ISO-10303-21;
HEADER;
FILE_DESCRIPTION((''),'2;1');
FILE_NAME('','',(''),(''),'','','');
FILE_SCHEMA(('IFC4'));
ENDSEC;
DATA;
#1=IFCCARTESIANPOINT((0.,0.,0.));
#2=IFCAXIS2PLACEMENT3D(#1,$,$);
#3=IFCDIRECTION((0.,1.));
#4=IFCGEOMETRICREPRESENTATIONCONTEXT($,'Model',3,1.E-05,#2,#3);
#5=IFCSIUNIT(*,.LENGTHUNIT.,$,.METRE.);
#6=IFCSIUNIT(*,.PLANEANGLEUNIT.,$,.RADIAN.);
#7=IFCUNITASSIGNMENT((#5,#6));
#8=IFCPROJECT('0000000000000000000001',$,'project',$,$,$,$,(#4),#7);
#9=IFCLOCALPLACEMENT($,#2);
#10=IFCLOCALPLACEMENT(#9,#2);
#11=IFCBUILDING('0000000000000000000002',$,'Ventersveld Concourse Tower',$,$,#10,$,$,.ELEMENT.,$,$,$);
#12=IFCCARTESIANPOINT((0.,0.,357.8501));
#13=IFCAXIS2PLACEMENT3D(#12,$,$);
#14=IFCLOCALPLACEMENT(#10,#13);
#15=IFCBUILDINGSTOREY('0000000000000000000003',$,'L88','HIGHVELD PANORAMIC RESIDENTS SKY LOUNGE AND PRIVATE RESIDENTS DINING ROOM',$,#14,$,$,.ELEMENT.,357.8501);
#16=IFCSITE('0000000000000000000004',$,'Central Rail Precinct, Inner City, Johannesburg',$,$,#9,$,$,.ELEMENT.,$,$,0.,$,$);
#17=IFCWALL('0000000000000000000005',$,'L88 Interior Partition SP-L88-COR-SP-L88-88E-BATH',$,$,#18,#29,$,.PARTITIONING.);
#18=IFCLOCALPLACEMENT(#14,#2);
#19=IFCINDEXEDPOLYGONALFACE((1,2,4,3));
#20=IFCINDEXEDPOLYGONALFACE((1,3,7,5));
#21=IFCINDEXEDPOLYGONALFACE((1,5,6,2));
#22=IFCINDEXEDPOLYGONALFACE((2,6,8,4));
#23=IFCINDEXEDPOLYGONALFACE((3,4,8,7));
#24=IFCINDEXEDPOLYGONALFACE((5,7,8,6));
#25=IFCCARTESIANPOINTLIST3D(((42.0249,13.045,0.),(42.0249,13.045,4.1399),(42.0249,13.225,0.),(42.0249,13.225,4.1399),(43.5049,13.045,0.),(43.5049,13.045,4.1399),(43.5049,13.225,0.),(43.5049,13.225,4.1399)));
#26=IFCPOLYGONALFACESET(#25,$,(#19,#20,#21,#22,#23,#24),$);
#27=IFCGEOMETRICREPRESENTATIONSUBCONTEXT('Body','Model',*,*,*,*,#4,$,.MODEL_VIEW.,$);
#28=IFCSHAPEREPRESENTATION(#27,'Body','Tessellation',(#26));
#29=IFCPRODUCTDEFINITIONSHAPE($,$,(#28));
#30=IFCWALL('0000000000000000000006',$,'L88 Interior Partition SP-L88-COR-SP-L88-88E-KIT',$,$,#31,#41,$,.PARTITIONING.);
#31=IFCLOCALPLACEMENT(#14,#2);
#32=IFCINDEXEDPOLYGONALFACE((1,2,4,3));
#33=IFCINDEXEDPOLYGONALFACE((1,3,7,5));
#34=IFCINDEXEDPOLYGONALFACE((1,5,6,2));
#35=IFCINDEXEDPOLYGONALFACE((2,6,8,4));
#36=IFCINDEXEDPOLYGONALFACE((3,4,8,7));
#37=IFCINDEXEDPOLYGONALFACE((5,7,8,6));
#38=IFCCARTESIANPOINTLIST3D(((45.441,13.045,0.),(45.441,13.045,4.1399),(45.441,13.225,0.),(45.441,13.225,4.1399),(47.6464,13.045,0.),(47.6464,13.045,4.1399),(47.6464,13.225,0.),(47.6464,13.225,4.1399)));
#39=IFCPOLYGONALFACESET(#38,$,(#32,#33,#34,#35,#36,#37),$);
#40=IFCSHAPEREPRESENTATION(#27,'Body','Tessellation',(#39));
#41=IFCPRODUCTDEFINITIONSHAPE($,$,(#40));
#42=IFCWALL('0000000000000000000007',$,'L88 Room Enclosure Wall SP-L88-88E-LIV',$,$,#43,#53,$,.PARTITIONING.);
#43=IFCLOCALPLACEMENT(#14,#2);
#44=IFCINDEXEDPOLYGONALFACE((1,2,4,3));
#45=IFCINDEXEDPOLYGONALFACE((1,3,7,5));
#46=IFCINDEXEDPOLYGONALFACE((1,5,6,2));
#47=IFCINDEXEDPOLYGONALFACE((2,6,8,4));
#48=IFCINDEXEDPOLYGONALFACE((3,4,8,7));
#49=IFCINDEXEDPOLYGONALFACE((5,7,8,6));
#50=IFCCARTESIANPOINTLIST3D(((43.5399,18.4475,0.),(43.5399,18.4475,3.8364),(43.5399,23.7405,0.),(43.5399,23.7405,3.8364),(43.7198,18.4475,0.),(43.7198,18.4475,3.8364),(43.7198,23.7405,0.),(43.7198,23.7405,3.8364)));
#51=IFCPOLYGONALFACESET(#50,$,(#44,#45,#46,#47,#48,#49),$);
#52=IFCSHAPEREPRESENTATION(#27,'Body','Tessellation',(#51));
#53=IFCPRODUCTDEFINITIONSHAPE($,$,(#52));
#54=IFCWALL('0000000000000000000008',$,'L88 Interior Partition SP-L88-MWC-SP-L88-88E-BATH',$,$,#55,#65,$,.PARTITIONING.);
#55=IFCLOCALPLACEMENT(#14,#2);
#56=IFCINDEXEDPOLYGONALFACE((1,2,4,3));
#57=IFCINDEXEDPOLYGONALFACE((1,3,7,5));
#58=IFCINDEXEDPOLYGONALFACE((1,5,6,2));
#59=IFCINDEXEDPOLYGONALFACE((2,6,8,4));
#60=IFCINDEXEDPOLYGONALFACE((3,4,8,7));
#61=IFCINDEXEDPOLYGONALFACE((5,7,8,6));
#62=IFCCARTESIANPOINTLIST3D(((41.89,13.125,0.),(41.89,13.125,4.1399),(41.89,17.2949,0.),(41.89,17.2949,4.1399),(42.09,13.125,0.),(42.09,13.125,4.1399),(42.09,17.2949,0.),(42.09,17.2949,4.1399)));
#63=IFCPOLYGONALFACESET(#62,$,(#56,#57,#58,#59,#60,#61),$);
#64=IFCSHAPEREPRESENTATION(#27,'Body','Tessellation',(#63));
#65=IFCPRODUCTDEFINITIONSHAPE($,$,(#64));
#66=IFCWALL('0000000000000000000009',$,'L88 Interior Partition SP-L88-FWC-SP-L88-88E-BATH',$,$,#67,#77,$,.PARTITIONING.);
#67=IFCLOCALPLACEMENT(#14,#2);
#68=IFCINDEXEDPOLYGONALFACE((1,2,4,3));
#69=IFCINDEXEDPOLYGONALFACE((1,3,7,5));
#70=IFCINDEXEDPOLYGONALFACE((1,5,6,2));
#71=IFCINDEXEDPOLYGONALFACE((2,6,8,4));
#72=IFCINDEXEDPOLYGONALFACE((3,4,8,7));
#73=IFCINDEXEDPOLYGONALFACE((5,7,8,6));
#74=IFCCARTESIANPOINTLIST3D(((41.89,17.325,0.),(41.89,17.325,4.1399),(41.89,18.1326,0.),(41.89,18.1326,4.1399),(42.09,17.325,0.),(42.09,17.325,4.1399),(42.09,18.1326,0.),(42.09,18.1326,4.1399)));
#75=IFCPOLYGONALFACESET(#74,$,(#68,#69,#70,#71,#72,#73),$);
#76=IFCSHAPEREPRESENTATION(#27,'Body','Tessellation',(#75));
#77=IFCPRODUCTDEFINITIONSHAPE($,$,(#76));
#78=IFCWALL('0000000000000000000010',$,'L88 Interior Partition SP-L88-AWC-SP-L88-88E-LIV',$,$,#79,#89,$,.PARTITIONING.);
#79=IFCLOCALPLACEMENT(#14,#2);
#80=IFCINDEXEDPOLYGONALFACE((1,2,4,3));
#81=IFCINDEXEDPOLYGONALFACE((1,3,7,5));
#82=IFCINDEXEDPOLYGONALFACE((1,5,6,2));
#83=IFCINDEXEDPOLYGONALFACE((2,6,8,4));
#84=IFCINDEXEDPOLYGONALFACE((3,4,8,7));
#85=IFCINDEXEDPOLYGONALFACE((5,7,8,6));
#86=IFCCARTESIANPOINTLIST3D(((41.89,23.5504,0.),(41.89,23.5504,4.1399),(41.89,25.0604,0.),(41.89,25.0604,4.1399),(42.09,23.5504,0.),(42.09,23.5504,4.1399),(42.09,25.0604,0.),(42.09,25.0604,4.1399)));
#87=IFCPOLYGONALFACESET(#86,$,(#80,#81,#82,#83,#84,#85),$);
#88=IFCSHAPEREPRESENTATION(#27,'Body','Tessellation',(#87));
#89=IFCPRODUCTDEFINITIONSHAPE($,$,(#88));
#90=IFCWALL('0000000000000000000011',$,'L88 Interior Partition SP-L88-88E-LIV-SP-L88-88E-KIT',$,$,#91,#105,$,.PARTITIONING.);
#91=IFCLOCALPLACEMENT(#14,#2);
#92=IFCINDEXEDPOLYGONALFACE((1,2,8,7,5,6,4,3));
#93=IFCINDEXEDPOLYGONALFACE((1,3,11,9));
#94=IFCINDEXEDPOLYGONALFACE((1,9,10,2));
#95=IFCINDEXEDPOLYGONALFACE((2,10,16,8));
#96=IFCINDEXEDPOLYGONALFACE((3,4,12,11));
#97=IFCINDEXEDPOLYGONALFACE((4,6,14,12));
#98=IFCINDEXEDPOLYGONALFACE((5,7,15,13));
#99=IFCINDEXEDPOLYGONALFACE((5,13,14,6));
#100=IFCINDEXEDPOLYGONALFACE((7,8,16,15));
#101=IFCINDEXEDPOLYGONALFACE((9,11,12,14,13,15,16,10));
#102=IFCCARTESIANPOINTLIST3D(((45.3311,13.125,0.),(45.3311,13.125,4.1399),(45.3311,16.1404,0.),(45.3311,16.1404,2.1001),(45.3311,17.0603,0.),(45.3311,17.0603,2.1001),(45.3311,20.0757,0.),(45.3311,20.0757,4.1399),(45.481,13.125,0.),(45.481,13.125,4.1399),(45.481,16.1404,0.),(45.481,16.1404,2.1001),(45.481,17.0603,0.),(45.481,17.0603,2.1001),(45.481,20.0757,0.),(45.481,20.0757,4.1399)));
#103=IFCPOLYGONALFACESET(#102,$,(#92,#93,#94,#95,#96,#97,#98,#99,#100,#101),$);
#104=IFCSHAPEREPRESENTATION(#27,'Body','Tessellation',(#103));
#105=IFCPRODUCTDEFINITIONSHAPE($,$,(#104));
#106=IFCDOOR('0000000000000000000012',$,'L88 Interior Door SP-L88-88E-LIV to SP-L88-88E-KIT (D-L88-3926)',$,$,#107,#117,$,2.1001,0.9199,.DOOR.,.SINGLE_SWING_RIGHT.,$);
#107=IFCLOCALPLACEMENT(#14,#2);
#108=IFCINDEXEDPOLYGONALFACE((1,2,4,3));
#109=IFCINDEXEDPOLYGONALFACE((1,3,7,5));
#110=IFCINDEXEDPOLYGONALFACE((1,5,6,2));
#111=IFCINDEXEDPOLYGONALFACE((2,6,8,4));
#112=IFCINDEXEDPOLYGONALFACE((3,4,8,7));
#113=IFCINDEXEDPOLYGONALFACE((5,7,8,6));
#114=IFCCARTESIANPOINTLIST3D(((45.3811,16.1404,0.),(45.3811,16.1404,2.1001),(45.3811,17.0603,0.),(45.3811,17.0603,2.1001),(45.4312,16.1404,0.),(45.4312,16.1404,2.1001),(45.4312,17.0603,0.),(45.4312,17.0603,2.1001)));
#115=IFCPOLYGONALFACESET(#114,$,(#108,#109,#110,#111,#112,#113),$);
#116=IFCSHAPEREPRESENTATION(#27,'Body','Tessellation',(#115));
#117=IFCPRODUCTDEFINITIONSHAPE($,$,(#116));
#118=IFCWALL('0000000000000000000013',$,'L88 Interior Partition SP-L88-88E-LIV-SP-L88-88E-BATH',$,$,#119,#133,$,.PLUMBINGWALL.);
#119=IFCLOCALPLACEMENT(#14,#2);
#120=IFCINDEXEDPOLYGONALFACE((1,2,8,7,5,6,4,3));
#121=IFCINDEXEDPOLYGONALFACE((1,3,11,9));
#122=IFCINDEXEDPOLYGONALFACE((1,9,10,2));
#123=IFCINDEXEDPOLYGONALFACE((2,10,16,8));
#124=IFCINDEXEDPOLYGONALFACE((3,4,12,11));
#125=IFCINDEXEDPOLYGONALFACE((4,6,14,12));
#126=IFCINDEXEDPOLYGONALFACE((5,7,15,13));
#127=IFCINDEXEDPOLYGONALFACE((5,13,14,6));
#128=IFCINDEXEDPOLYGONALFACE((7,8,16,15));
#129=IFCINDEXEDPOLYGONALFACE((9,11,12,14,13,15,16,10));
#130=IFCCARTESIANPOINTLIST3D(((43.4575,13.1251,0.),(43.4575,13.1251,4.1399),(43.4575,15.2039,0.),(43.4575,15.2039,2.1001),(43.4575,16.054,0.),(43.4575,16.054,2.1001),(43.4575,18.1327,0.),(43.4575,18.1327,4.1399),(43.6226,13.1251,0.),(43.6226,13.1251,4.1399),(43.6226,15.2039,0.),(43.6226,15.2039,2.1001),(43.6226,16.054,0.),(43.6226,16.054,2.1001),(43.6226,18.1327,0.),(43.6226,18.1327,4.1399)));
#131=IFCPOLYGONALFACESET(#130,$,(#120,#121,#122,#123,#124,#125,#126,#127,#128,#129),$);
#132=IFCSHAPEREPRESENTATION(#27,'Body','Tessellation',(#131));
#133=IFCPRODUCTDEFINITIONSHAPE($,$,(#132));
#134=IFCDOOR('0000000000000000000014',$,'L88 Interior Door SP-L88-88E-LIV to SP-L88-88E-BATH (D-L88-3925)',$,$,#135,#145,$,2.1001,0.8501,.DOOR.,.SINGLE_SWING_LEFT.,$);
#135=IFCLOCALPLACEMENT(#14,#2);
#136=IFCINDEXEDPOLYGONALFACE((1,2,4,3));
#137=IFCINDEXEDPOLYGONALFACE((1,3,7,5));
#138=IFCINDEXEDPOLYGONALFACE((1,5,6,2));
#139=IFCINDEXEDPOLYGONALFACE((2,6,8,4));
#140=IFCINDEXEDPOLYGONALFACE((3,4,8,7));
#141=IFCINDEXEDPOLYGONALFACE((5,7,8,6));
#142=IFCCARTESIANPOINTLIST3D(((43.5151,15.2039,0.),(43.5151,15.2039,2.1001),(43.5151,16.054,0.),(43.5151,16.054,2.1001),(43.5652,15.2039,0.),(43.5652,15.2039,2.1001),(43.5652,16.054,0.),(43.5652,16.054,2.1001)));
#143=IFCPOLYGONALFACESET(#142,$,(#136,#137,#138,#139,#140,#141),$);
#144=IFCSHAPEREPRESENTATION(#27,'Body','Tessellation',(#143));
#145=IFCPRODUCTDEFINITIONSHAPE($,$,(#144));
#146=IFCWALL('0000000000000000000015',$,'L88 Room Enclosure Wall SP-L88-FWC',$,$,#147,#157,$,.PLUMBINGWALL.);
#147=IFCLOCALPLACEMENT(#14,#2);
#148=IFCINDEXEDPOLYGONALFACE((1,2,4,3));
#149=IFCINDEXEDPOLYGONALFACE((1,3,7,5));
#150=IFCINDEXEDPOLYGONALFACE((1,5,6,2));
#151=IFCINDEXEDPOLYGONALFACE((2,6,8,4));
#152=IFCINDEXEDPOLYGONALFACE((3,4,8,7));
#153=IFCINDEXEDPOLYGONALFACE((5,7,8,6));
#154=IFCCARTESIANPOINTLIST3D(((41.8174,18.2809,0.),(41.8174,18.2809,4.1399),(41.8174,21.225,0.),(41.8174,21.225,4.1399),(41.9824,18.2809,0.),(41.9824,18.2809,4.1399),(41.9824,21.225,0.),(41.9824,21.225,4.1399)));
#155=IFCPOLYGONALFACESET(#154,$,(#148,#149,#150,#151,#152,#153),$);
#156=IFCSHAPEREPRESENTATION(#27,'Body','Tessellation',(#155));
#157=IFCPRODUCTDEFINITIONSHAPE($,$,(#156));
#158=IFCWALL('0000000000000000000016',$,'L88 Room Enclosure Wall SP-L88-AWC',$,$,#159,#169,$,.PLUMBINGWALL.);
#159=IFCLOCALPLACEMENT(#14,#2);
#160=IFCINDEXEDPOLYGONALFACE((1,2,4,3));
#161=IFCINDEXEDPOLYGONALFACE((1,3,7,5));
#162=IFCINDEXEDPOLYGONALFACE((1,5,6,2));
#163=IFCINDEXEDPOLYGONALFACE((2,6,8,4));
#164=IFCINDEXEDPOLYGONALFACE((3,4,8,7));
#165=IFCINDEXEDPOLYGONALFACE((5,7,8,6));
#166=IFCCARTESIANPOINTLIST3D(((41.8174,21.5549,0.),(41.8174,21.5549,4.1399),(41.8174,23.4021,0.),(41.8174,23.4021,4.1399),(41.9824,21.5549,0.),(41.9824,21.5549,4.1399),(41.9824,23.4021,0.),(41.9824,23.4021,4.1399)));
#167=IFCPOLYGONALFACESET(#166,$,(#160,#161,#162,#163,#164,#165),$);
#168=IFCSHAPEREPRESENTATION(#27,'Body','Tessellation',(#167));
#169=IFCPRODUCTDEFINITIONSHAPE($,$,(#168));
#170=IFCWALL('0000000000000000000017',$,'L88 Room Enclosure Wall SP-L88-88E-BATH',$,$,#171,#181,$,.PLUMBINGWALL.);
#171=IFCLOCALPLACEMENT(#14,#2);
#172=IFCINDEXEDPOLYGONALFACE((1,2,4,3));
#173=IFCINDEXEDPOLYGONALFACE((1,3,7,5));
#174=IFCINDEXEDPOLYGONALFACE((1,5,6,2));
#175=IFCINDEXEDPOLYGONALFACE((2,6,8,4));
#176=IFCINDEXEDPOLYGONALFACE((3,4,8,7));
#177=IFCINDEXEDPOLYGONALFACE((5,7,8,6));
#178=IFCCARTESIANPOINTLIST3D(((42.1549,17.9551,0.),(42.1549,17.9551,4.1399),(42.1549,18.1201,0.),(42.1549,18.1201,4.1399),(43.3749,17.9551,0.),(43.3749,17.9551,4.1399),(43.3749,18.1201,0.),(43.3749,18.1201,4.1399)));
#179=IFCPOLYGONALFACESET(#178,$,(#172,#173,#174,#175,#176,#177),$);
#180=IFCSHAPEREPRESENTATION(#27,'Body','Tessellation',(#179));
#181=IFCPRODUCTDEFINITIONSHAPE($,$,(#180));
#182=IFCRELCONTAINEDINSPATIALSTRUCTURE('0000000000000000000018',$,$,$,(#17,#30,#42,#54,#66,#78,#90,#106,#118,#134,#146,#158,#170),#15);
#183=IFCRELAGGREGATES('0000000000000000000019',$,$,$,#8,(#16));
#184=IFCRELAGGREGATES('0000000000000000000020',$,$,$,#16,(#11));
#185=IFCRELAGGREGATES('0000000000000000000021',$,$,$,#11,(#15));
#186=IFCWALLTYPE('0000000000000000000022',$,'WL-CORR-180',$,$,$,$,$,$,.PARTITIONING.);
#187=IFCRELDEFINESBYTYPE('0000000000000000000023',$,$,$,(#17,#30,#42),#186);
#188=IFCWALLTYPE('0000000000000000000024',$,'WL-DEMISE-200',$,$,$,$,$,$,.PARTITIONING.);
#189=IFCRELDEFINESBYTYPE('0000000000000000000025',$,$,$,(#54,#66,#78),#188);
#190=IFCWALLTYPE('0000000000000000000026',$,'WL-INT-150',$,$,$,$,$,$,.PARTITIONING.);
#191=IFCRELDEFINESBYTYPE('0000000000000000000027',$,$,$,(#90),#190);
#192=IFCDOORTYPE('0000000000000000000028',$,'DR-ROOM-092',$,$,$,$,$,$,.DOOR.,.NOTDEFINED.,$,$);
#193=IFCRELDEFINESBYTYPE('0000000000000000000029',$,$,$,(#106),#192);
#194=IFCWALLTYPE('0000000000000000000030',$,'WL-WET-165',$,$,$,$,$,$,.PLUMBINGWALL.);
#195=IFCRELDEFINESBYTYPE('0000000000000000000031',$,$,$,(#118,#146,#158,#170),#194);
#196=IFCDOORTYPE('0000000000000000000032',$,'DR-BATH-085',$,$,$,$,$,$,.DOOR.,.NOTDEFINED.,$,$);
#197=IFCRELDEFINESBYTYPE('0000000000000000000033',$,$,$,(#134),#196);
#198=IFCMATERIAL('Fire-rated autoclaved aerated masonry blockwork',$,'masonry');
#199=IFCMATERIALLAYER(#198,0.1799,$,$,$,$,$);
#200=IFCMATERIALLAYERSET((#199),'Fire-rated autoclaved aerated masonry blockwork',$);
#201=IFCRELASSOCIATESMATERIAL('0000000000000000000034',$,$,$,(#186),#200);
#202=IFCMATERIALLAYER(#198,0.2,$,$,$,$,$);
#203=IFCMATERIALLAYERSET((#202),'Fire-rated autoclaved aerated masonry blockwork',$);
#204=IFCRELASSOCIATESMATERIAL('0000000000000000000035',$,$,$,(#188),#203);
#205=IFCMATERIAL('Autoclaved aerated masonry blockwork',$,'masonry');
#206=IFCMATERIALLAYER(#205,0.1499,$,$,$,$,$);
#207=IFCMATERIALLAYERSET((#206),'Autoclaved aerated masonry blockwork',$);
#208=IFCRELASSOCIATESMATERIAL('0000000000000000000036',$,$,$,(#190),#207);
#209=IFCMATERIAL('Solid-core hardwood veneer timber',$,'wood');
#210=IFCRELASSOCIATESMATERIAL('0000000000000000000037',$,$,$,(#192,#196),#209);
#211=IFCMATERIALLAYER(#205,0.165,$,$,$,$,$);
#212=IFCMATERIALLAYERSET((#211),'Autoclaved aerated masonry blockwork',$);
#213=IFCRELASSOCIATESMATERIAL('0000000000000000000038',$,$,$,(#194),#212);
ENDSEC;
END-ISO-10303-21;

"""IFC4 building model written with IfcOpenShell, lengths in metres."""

from ifc_helpers import new_model, si_unit, direction, frame, frame_2d, origin, place, context, subcontext, project, spatial, rectangle, extrude, material, layer, layer_set, type_object, element, fill, save


model = new_model("IFC4")

# Units and contexts
model_context = context("Model", 3, precision=1e-05, world=origin(), true_north=direction((0.0, 1.0)))
body_context = subcontext(model_context, "Body", "Model", "MODEL_VIEW")
ifc_project = project(units=[si_unit("LENGTHUNIT", "METRE"), si_unit("PLANEANGLEUNIT", "RADIAN")], contexts=[model_context])

# Site, building, storey
site_placement = place(None, origin())
site = spatial("IfcSite", under=ifc_project, at=site_placement, Name="Central Rail Precinct, Inner City, Johannesburg", CompositionType="ELEMENT", RefElevation=0.0)
building_placement = place(site_placement, origin())
building = spatial("IfcBuilding", under=site, at=building_placement, Name="Ventersveld Concourse Tower", CompositionType="ELEMENT")
storey_placement = place(building_placement, frame((0.0, 0.0, 357.8501)))
storey = spatial("IfcBuildingStorey", under=building, at=storey_placement, Name="L88", Description="HIGHVELD PANORAMIC RESIDENTS SKY LOUNGE AND PRIVATE RESIDENTS DINING ROOM", CompositionType="ELEMENT", Elevation=357.8501)

# Shared definitions
ifc_material_1 = material(Name="Fire-rated autoclaved aerated masonry blockwork", Category="masonry")
ifc_layer_1 = layer(ifc_material_1, 0.1799)
ifc_layer_set_1 = layer_set([ifc_layer_1], Name="Fire-rated autoclaved aerated masonry blockwork")
wall_type_1 = type_object("IfcWallType", Name="WL-CORR-180", PredefinedType="PARTITIONING", material=ifc_layer_set_1)
ifc_material_2 = material(Name="Solid-core hardwood veneer timber", Category="wood")

# Walls
wall_1_placement = place(storey_placement, frame((42.0249, 13.135, 0.0), z_axis=(0.0, 0.0, 1.0), x_axis=(1.0, 0.0, 0.0)))
element("IfcWall", 1, at=wall_1_placement, inside=storey, type_object=wall_type_1, Name="L88 Interior Partition SP-L88-COR-SP-L88-88E-BATH", PredefinedType="PARTITIONING", context=body_context, shape_type="SweptSolid", body=[
    extrude(rectangle(XDim=1.48, YDim=0.1799, at=frame_2d((0.74, 0.0))), origin(), (0.0, 0.0, 1.0), 4.1399),
])
wall_2_placement = place(storey_placement, frame((45.4412, 13.135, 0.0), z_axis=(0.0, 0.0, 1.0), x_axis=(1.0, 0.0, 0.0)))
element("IfcWall", 2, at=wall_2_placement, inside=storey, type_object=wall_type_1, Name="L88 Interior Partition SP-L88-COR-SP-L88-88E-KIT", PredefinedType="PARTITIONING", context=body_context, shape_type="SweptSolid", body=[
    extrude(rectangle(XDim=2.2053, YDim=0.1799, at=frame_2d((1.1025, 0.0))), origin(), (0.0, 0.0, 1.0), 4.1399),
])

# Walls
wall_3_placement = place(storey_placement, frame((43.6299, 18.4475, 0.0), z_axis=(0.0, 0.0, 1.0), x_axis=(0.0, 1.0, 0.0)))
element("IfcWall", 3, at=wall_3_placement, inside=storey, type_object=wall_type_1, Name="L88 Room Enclosure Wall SP-L88-88E-LIV", PredefinedType="PARTITIONING", context=body_context, shape_type="SweptSolid", body=[
    extrude(rectangle(XDim=5.293, YDim=0.1799, at=frame_2d((2.6465, 0.0))), origin(), (0.0, 0.0, 1.0), 3.8364),
])
ifc_layer_2 = layer(ifc_material_1, 0.2)
ifc_layer_set_2 = layer_set([ifc_layer_2], Name="Fire-rated autoclaved aerated masonry blockwork")
wall_type_2 = type_object("IfcWallType", Name="WL-DEMISE-200", PredefinedType="PARTITIONING", material=ifc_layer_set_2)
wall_4_placement = place(storey_placement, frame((41.99, 13.125, 0.0), z_axis=(0.0, 0.0, 1.0), x_axis=(0.0, 1.0, 0.0)))
element("IfcWall", 4, at=wall_4_placement, inside=storey, type_object=wall_type_2, Name="L88 Interior Partition SP-L88-MWC-SP-L88-88E-BATH", PredefinedType="PARTITIONING", context=body_context, shape_type="SweptSolid", body=[
    extrude(rectangle(XDim=4.1699, YDim=0.2, at=frame_2d((2.085, 0.0))), origin(), (0.0, 0.0, 1.0), 4.1399),
])
wall_5_placement = place(storey_placement, frame((41.99, 17.325, 0.0), z_axis=(0.0, 0.0, 1.0), x_axis=(0.0, 1.0, 0.0)))
element("IfcWall", 5, at=wall_5_placement, inside=storey, type_object=wall_type_2, Name="L88 Interior Partition SP-L88-FWC-SP-L88-88E-BATH", PredefinedType="PARTITIONING", context=body_context, shape_type="SweptSolid", body=[
    extrude(rectangle(XDim=0.8076, YDim=0.2, at=frame_2d((0.4038, 0.0))), origin(), (0.0, 0.0, 1.0), 4.1399),
])
wall_6_placement = place(storey_placement, frame((41.99, 23.5505, 0.0), z_axis=(0.0, 0.0, 1.0), x_axis=(0.0, 1.0, 0.0)))
element("IfcWall", 6, at=wall_6_placement, inside=storey, type_object=wall_type_2, Name="L88 Interior Partition SP-L88-AWC-SP-L88-88E-LIV", PredefinedType="PARTITIONING", context=body_context, shape_type="SweptSolid", body=[
    extrude(rectangle(XDim=1.51, YDim=0.2, at=frame_2d((0.7549, 0.0))), origin(), (0.0, 0.0, 1.0), 4.1399),
])

# Walls, openings, doors
ifc_material_3 = material(Name="Autoclaved aerated masonry blockwork", Category="masonry")
ifc_layer_3 = layer(ifc_material_3, 0.1499)
ifc_layer_set_3 = layer_set([ifc_layer_3], Name="Autoclaved aerated masonry blockwork")
wall_type_3 = type_object("IfcWallType", Name="WL-INT-150", PredefinedType="PARTITIONING", material=ifc_layer_set_3)
wall_7_placement = place(storey_placement, frame((45.406, 13.125, 0.0), z_axis=(0.0, 0.0, 1.0), x_axis=(0.0, 1.0, 0.0)))
wall_7 = element("IfcWall", 7, at=wall_7_placement, inside=storey, type_object=wall_type_3, Name="L88 Interior Partition SP-L88-88E-LIV-SP-L88-88E-KIT", PredefinedType="PARTITIONING", context=body_context, shape_type="SweptSolid", body=[
    extrude(rectangle(XDim=6.9507, YDim=0.1499, at=frame_2d((3.4753, 0.0))), origin(), (0.0, 0.0, 1.0), 4.1399),
])
opening_1_placement = place(wall_7_placement, frame((3.0154, 0.0, 0.0)))
opening_1 = element("IfcOpeningElement", 8, at=opening_1_placement, cuts=wall_7, PredefinedType="OPENING", context=body_context, shape_type="SweptSolid", body=[
    extrude(rectangle(XDim=0.9199, YDim=2.1001, at=frame_2d((0.46, 1.05))), frame((0.0, 0.085, 0.0), z_axis=(0.0, -1.0, 0.0), x_axis=(1.0, 0.0, 0.0)), (0.0, 0.0, 1.0), 0.1699),
])
door_type_1 = type_object("IfcDoorType", Name="DR-ROOM-092", OperationType="NOTDEFINED", PredefinedType="DOOR", material=ifc_material_2)
door_1_placement = place(opening_1_placement, origin())
door_1 = element("IfcDoor", 9, at=door_1_placement, inside=storey, type_object=door_type_1, Name="L88 Interior Door SP-L88-88E-LIV to SP-L88-88E-KIT (D-L88-3926)", OperationType="SINGLE_SWING_RIGHT", OverallHeight=2.1001, OverallWidth=0.9199, PredefinedType="DOOR", context=body_context, shape_type="SweptSolid", body=[
    extrude(rectangle(XDim=0.9199, YDim=2.1001, at=frame_2d((0.46, 1.05))), frame((0.0, 0.0249, 0.0), z_axis=(0.0, -1.0, 0.0), x_axis=(1.0, 0.0, 0.0)), (0.0, 0.0, 1.0), 0.05),
])
fill(opening_1, door_1)
ifc_layer_4 = layer(ifc_material_3, 0.165)
ifc_layer_set_4 = layer_set([ifc_layer_4], Name="Autoclaved aerated masonry blockwork")
wall_type_4 = type_object("IfcWallType", Name="WL-WET-165", PredefinedType="PLUMBINGWALL", material=ifc_layer_set_4)
wall_8_placement = place(storey_placement, frame((43.54, 13.125, 0.0), z_axis=(0.0, 0.0, 1.0), x_axis=(0.0, 1.0, 0.0)))
wall_8 = element("IfcWall", 10, at=wall_8_placement, inside=storey, type_object=wall_type_4, Name="L88 Interior Partition SP-L88-88E-LIV-SP-L88-88E-BATH", PredefinedType="PLUMBINGWALL", context=body_context, shape_type="SweptSolid", body=[
    extrude(rectangle(XDim=5.0076, YDim=0.165, at=frame_2d((2.5039, 0.0))), origin(), (0.0, 0.0, 1.0), 4.1399),
])
opening_2_placement = place(wall_8_placement, frame((2.0789, 0.0, 0.0)))
opening_2 = element("IfcOpeningElement", 11, at=opening_2_placement, cuts=wall_8, PredefinedType="OPENING", context=body_context, shape_type="SweptSolid", body=[
    extrude(rectangle(XDim=0.8501, YDim=2.1001, at=frame_2d((0.425, 1.05))), frame((0.0, 0.0925, 0.0), z_axis=(0.0, -1.0, 0.0), x_axis=(1.0, 0.0, 0.0)), (0.0, 0.0, 1.0), 0.1851),
])
door_type_2 = type_object("IfcDoorType", Name="DR-BATH-085", OperationType="NOTDEFINED", PredefinedType="DOOR", material=ifc_material_2)
door_2_placement = place(opening_2_placement, origin())
door_2 = element("IfcDoor", 12, at=door_2_placement, inside=storey, type_object=door_type_2, Name="L88 Interior Door SP-L88-88E-LIV to SP-L88-88E-BATH (D-L88-3925)", OperationType="SINGLE_SWING_LEFT", OverallHeight=2.1001, OverallWidth=0.8501, PredefinedType="DOOR", context=body_context, shape_type="SweptSolid", body=[
    extrude(rectangle(XDim=0.8501, YDim=2.1001, at=frame_2d((0.425, 1.05))), frame((0.0, 0.0249, 0.0), z_axis=(0.0, -1.0, 0.0), x_axis=(1.0, 0.0, 0.0)), (0.0, 0.0, 1.0), 0.05),
])
fill(opening_2, door_2)

# Walls
wall_9_placement = place(storey_placement, frame((41.8999, 21.2251, 0.0), z_axis=(0.0, 0.0, 1.0), x_axis=(0.0, -1.0, 0.0)))
element("IfcWall", 13, at=wall_9_placement, inside=storey, type_object=wall_type_4, Name="L88 Room Enclosure Wall SP-L88-FWC", PredefinedType="PLUMBINGWALL", context=body_context, shape_type="SweptSolid", body=[
    extrude(rectangle(XDim=2.9441, YDim=0.165, at=frame_2d((1.4722, 0.0))), origin(), (0.0, 0.0, 1.0), 4.1399),
])
wall_10_placement = place(storey_placement, frame((41.8999, 23.4021, 0.0), z_axis=(0.0, 0.0, 1.0), x_axis=(0.0, -1.0, 0.0)))
element("IfcWall", 14, at=wall_10_placement, inside=storey, type_object=wall_type_4, Name="L88 Room Enclosure Wall SP-L88-AWC", PredefinedType="PLUMBINGWALL", context=body_context, shape_type="SweptSolid", body=[
    extrude(rectangle(XDim=1.8472, YDim=0.165, at=frame_2d((0.9236, 0.0))), origin(), (0.0, 0.0, 1.0), 4.1399),
])
wall_11_placement = place(storey_placement, frame((42.155, 18.0376, 0.0), z_axis=(0.0, 0.0, 1.0), x_axis=(1.0, 0.0, 0.0)))
element("IfcWall", 15, at=wall_11_placement, inside=storey, type_object=wall_type_4, Name="L88 Room Enclosure Wall SP-L88-88E-BATH", PredefinedType="PLUMBINGWALL", context=body_context, shape_type="SweptSolid", body=[
    extrude(rectangle(XDim=1.22, YDim=0.165, at=frame_2d((0.6099, 0.0))), origin(), (0.0, 0.0, 1.0), 4.1399),
])

save(model, "model.ifc")
